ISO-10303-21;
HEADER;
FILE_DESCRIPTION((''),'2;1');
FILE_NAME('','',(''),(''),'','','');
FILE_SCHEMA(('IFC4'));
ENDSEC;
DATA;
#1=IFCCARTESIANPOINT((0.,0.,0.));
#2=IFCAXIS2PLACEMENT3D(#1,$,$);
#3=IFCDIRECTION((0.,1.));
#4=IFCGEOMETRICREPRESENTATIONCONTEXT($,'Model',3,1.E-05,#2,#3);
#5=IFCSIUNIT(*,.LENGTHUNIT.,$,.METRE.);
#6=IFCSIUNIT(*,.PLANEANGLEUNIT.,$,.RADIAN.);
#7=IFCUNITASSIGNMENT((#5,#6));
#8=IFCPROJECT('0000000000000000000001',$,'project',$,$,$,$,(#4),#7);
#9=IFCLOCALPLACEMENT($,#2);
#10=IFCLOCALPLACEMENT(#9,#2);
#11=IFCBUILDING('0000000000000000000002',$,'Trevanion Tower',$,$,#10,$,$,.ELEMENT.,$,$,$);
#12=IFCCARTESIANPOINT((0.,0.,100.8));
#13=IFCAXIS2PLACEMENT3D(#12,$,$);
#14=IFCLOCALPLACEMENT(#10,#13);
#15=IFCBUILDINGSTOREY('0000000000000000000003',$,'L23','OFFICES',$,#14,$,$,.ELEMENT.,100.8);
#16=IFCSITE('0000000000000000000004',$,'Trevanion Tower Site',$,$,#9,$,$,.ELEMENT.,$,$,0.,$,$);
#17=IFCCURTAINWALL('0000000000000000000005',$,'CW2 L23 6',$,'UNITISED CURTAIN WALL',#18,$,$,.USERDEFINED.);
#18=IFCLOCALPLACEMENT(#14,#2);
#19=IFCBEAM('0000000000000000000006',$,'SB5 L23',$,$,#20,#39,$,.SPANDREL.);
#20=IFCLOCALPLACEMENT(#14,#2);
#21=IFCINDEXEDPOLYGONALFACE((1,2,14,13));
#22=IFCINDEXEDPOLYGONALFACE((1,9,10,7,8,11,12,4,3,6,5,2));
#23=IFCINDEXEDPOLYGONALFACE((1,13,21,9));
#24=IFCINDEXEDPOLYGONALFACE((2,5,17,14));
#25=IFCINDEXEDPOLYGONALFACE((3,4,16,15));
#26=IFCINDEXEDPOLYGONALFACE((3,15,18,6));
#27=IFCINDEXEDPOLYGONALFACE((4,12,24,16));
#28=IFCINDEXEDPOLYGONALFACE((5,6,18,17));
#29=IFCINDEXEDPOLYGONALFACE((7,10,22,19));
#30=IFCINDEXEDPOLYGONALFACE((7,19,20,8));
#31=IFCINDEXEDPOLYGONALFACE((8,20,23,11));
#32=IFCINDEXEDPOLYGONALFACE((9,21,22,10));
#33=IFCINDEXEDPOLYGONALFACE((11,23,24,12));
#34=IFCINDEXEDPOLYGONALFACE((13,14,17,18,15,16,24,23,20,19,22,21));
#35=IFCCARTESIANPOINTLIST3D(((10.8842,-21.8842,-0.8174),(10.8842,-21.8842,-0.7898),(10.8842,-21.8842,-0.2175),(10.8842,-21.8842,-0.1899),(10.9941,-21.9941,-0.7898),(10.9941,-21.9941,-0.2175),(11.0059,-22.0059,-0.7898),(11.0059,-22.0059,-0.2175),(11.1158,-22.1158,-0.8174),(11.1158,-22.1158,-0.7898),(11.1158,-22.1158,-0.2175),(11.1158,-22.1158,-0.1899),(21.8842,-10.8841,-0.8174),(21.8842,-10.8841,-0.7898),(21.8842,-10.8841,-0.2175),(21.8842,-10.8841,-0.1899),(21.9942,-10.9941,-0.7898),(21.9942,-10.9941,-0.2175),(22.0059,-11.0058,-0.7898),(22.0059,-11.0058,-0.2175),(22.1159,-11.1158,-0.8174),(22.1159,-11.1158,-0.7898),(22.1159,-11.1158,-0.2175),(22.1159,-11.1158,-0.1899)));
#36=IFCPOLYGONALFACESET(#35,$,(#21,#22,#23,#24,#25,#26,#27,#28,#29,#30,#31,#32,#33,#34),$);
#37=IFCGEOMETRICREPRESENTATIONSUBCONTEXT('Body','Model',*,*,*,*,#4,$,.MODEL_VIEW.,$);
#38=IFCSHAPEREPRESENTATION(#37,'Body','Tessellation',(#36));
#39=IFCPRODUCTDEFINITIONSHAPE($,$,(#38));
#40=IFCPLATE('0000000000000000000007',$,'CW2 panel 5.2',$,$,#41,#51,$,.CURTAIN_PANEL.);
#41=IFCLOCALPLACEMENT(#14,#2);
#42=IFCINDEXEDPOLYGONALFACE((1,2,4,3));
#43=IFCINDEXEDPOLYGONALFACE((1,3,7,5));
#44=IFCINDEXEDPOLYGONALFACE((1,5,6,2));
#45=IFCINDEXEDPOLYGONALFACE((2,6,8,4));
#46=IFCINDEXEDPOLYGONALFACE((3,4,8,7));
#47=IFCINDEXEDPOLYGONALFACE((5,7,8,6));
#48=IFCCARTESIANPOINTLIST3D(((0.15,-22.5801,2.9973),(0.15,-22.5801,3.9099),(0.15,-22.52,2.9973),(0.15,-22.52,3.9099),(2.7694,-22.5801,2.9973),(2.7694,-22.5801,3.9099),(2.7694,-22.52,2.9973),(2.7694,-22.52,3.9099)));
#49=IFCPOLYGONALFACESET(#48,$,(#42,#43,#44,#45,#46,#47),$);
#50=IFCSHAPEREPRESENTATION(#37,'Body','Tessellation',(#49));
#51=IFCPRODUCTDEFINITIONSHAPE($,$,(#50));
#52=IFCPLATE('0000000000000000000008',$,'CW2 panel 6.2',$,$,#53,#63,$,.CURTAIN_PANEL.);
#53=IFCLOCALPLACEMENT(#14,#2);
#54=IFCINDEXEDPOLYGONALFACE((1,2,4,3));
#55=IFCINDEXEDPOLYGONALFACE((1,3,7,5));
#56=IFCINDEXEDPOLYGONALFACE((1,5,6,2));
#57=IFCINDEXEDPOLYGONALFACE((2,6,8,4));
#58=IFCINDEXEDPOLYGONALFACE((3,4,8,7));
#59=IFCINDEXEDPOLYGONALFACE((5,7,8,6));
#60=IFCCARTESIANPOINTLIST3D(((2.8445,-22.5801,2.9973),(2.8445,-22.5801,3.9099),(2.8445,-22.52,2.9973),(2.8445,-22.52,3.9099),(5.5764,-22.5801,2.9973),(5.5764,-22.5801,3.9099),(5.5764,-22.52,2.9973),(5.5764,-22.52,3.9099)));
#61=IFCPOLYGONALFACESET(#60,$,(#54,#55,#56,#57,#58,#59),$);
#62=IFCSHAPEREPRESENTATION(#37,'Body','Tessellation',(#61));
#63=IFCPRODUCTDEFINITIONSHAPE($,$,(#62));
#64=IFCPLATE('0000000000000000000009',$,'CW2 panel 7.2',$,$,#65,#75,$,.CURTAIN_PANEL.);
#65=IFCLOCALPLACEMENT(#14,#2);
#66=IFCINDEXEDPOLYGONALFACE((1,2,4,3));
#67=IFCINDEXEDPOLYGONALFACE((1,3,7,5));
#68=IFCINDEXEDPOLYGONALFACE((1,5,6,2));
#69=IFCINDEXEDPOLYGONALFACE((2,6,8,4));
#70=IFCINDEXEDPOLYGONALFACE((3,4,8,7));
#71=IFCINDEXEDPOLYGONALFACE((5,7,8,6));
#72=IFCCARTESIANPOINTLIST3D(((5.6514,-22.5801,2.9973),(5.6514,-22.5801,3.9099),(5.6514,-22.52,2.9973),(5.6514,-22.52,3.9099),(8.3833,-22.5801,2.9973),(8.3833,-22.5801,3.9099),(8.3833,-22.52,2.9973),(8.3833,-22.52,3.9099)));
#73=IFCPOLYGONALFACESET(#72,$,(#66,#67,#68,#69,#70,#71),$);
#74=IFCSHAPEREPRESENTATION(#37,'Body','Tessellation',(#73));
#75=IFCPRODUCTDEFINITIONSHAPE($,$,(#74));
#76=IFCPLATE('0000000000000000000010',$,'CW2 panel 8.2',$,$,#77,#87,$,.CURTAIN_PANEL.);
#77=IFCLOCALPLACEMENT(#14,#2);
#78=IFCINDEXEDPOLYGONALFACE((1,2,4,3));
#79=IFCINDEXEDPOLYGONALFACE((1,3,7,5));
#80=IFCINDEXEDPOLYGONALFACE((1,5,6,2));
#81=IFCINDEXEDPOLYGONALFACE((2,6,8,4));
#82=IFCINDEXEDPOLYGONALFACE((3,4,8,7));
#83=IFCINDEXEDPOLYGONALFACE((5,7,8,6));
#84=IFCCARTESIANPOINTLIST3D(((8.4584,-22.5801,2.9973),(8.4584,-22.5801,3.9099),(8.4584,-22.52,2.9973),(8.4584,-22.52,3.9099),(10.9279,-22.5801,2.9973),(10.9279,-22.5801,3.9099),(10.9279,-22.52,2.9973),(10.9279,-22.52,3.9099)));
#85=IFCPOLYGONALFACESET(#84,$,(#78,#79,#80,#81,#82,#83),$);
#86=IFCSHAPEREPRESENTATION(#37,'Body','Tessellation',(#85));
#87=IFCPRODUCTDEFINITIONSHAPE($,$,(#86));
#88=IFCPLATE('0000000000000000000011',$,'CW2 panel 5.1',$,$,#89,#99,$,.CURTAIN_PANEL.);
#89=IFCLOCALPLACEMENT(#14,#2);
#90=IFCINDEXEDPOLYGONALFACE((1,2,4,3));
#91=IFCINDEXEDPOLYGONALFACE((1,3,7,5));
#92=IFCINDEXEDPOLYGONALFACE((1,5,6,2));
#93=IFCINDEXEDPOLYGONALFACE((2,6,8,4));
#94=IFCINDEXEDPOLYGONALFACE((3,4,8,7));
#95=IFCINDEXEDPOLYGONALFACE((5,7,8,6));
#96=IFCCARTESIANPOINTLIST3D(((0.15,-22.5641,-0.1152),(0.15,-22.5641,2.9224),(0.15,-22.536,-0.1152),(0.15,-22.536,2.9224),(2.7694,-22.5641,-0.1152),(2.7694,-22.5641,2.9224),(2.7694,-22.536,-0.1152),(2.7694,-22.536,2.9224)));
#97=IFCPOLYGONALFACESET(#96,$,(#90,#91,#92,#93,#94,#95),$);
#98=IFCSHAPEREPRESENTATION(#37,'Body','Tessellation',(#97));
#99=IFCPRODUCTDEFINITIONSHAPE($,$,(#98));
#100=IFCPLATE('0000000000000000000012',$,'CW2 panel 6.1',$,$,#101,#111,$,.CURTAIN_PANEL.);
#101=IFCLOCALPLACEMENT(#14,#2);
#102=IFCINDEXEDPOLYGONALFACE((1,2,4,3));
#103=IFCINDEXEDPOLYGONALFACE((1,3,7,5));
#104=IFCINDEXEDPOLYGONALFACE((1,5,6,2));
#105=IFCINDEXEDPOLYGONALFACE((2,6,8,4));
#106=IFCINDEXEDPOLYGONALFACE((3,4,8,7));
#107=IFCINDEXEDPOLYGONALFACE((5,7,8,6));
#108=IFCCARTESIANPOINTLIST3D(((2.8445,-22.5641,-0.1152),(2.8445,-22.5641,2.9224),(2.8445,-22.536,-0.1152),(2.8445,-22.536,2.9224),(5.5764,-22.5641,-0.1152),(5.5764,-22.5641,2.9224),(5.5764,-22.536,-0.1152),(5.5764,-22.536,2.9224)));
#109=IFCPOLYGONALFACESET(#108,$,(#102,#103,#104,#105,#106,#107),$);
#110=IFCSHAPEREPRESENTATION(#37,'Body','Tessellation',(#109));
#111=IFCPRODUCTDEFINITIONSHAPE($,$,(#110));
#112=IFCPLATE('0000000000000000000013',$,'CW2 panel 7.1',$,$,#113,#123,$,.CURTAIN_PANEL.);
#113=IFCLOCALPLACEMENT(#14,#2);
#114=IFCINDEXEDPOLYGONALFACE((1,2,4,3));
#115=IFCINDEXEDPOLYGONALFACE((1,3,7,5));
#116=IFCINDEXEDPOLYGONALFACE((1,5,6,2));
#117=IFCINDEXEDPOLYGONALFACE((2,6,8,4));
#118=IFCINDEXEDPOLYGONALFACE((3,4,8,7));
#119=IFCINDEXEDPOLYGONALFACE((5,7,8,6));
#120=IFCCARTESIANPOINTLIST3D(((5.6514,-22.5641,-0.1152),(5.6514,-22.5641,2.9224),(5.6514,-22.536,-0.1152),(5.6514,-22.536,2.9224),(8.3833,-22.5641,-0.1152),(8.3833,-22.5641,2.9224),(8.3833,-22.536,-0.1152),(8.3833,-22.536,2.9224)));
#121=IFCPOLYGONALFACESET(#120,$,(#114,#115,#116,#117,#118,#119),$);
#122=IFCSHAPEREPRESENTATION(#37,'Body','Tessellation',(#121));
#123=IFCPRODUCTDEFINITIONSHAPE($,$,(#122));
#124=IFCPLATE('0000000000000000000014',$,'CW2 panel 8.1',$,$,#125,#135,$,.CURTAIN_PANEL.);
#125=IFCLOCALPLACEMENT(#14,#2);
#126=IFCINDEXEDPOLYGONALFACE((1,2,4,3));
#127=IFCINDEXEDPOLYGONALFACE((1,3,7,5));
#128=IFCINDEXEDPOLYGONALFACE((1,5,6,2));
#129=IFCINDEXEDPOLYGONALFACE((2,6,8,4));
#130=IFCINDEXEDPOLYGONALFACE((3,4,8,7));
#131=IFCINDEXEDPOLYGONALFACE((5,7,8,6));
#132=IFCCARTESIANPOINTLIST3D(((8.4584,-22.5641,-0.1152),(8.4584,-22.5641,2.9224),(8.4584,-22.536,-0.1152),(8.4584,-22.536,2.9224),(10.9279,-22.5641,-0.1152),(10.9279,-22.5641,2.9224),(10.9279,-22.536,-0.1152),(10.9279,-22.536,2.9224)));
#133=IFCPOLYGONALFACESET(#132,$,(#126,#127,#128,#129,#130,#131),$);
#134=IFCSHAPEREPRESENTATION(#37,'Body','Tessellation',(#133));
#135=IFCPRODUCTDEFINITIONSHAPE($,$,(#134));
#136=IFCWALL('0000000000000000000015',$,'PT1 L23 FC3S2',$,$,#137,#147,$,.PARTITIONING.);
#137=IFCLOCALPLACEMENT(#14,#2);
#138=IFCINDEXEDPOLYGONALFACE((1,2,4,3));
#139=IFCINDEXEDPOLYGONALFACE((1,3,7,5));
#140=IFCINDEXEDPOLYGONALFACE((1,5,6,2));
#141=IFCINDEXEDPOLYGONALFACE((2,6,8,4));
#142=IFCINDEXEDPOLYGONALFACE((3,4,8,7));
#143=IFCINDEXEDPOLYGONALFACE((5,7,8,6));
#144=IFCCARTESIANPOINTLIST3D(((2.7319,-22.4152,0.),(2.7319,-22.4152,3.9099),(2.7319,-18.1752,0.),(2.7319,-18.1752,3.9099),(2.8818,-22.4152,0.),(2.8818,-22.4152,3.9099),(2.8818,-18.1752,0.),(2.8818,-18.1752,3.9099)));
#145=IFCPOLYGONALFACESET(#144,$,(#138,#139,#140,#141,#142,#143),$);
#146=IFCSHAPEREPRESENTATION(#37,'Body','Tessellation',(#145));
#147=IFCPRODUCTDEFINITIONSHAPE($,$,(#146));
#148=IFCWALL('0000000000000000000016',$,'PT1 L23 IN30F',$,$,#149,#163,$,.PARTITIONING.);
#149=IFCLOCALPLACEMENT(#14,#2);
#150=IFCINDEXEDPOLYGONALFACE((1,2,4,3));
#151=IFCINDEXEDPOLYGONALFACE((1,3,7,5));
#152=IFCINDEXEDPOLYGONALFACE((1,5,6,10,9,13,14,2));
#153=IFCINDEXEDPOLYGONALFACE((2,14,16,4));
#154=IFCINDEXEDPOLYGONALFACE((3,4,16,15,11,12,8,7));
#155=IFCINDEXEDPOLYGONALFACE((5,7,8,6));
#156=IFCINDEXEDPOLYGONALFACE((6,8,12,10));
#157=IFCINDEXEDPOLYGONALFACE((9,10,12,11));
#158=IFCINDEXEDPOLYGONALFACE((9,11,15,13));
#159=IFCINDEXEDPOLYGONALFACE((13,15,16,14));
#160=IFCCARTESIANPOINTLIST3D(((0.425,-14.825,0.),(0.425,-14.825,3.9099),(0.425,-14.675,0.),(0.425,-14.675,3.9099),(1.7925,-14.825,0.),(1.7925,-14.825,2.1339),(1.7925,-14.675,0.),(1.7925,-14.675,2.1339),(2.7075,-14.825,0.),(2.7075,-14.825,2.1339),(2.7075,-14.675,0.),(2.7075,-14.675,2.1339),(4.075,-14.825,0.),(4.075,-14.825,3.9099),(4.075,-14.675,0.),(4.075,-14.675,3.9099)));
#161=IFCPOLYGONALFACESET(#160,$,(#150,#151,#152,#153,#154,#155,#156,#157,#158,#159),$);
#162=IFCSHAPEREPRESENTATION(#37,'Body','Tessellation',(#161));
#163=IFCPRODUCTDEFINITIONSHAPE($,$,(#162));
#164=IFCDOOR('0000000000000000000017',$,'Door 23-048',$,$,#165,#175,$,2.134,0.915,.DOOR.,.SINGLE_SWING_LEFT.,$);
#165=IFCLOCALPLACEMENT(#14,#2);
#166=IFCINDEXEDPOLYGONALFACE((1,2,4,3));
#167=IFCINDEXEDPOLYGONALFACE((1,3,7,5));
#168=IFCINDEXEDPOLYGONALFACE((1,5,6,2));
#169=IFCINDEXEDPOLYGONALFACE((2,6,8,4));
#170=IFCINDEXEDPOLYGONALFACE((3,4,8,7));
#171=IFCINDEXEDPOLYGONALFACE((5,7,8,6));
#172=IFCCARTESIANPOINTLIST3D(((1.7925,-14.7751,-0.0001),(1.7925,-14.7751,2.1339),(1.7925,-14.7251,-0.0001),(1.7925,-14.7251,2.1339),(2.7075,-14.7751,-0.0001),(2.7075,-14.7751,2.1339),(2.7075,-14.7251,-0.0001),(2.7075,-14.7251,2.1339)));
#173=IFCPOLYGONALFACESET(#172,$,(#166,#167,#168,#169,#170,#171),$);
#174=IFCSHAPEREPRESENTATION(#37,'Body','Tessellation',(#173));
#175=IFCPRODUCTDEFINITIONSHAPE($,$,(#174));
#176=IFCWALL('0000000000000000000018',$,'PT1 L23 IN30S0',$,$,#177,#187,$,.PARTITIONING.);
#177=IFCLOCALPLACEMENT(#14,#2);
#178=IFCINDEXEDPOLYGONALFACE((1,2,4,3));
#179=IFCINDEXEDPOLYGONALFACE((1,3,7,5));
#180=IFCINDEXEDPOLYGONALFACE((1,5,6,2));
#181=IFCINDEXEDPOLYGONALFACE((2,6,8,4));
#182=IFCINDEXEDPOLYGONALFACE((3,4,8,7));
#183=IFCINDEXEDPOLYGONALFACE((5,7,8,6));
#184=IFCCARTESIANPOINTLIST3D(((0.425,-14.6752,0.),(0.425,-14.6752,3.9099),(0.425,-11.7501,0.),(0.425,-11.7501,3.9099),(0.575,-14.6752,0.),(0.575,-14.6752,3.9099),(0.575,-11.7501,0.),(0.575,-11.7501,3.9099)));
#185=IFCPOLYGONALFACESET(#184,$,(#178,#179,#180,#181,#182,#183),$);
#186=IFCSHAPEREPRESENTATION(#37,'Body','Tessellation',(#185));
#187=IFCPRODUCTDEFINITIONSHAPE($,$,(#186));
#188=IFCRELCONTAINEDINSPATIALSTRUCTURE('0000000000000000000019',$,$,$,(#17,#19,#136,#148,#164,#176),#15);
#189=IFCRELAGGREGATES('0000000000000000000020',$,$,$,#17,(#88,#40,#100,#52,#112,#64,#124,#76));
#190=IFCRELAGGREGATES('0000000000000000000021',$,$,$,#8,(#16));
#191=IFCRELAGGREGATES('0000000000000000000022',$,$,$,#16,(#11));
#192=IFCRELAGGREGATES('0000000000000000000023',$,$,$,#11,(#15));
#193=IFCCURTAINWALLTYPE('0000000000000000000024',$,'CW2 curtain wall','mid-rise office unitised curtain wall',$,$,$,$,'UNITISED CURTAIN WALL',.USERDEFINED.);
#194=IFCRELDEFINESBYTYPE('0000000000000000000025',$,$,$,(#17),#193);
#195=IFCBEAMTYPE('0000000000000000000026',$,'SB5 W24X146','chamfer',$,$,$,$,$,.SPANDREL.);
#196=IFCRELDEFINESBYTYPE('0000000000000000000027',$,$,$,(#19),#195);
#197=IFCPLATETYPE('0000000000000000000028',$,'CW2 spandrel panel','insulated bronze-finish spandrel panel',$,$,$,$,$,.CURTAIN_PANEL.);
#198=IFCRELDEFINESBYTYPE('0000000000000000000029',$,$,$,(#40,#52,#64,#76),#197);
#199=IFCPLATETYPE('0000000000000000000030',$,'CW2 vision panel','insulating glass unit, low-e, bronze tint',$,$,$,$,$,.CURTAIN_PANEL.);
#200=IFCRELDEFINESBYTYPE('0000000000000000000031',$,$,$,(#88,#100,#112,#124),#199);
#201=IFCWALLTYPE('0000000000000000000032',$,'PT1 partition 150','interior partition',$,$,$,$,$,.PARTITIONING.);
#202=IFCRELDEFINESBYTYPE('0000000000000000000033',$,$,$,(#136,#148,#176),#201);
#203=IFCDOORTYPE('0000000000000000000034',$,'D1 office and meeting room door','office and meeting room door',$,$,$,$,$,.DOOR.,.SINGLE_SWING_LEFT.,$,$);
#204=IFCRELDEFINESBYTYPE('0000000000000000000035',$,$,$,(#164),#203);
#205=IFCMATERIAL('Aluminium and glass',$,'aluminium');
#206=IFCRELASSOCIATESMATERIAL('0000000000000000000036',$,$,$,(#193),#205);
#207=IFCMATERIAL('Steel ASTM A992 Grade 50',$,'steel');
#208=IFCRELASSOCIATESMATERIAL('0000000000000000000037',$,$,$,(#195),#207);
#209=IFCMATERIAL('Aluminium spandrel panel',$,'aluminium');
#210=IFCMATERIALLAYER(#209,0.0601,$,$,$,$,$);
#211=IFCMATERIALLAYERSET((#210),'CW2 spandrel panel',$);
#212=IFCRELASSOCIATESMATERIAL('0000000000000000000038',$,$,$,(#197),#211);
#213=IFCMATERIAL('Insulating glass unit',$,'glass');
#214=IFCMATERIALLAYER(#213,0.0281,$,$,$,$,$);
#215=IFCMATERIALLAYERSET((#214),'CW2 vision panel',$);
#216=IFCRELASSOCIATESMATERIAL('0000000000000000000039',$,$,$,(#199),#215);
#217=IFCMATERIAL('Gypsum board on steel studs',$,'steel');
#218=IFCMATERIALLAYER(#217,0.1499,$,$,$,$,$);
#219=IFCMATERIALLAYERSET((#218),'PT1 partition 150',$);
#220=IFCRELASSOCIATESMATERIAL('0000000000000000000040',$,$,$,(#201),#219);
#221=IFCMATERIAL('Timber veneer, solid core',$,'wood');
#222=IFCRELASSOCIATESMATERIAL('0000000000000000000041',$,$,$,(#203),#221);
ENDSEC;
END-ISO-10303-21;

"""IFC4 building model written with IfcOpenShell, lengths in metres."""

from ifc_helpers import new_model, si_unit, direction, frame, frame_2d, origin, origin_2d, place, context, subcontext, project, spatial, rectangle, i_section, extrude, material, layer, layer_set, material_profile, profile_set, type_object, element, fill, aggregate, save


model = new_model("IFC4")

# Units and contexts
model_context = context("Model", 3, precision=1e-05, world=origin(), true_north=direction((0.0, 1.0)))
body_context = subcontext(model_context, "Body", "Model", "MODEL_VIEW")
ifc_project = project(units=[si_unit("LENGTHUNIT", "METRE"), si_unit("PLANEANGLEUNIT", "RADIAN")], contexts=[model_context])

# Site, building, storey
site_placement = place(None, origin())
site = spatial("IfcSite", under=ifc_project, at=site_placement, Name="Trevanion Tower Site", CompositionType="ELEMENT", RefElevation=0.0)
building_placement = place(site_placement, origin())
building = spatial("IfcBuilding", under=site, at=building_placement, Name="Trevanion Tower", CompositionType="ELEMENT")
storey_placement = place(building_placement, frame((0.0, 0.0, 100.8)))
storey = spatial("IfcBuildingStorey", under=building, at=storey_placement, Name="L23", Description="OFFICES", CompositionType="ELEMENT", Elevation=100.8)

# Curtain wall
ifc_material_1 = material(Name="Aluminium and glass", Category="aluminium")
curtain_wall_type = type_object("IfcCurtainWallType", Name="CW2 curtain wall", Description="mid-rise office unitised curtain wall", ElementType="UNITISED CURTAIN WALL", PredefinedType="USERDEFINED", material=ifc_material_1)
curtain_wall_1_placement = place(storey_placement, origin())
curtain_wall_1 = element("IfcCurtainWall", 1, at=curtain_wall_1_placement, inside=storey, type_object=curtain_wall_type, Name="CW2 L23 6", ObjectType="UNITISED CURTAIN WALL", PredefinedType="USERDEFINED")

# Beam
ifc_material_2 = material(Name="Steel ASTM A992 Grade 50", Category="steel")
ifc_material_profile_1 = material_profile(ifc_material_2, i_section(OverallWidth=0.3276, OverallDepth=0.6274, WebThickness=0.0166, FlangeThickness=0.0276, at=origin_2d()), Name="W24X146")
ifc_profile_set_1 = profile_set([ifc_material_profile_1], Name="Steel ASTM A992 Grade 50")
beam_type = type_object("IfcBeamType", Name="SB5 W24X146", Description="chamfer", PredefinedType="SPANDREL", material=ifc_profile_set_1)
beam_placement = place(storey_placement, frame((11.0, -22.0, -0.5037), z_axis=(0.707107, 0.707107, 0.0), x_axis=(-0.707107, 0.707107, 0.0)))
element("IfcBeam", 2, at=beam_placement, inside=storey, type_object=beam_type, Name="SB5 L23", PredefinedType="SPANDREL", context=body_context, shape_type="SweptSolid", body=[
    extrude(i_section(OverallWidth=0.3276, OverallDepth=0.6274, WebThickness=0.0166, FlangeThickness=0.0276, at=origin_2d()), origin(), (0.0, 0.0, 1.0), 15.5564),
])

# Plates
ifc_material_3 = material(Name="Aluminium spandrel panel", Category="aluminium")
ifc_layer_1 = layer(ifc_material_3, 0.0601)
ifc_layer_set_1 = layer_set([ifc_layer_1], Name="CW2 spandrel panel")
plate_type_1 = type_object("IfcPlateType", Name="CW2 spandrel panel", Description="insulated bronze-finish spandrel panel", PredefinedType="CURTAIN_PANEL", material=ifc_layer_set_1)
plate_1_placement = place(storey_placement, frame((1.4597, -22.55, 2.9973), z_axis=(0.0, 0.0, 1.0), x_axis=(1.0, 0.0, 0.0)))
plate_1 = element("IfcPlate", 3, at=plate_1_placement, type_object=plate_type_1, Name="CW2 panel 5.2", PredefinedType="CURTAIN_PANEL", context=body_context, shape_type="SweptSolid", body=[
    extrude(rectangle(XDim=2.6194, YDim=0.0601, at=origin_2d()), origin(), (0.0, 0.0, 1.0), 0.9126),
])
plate_2_placement = place(storey_placement, frame((4.2104, -22.55, 2.9973), z_axis=(0.0, 0.0, 1.0), x_axis=(1.0, 0.0, 0.0)))
plate_2 = element("IfcPlate", 4, at=plate_2_placement, type_object=plate_type_1, Name="CW2 panel 6.2", PredefinedType="CURTAIN_PANEL", context=body_context, shape_type="SweptSolid", body=[
    extrude(rectangle(XDim=2.7319, YDim=0.0601, at=origin_2d()), origin(), (0.0, 0.0, 1.0), 0.9126),
])
plate_3_placement = place(storey_placement, frame((7.0173, -22.55, 2.9973), z_axis=(0.0, 0.0, 1.0), x_axis=(1.0, 0.0, 0.0)))
plate_3 = element("IfcPlate", 5, at=plate_3_placement, type_object=plate_type_1, Name="CW2 panel 7.2", PredefinedType="CURTAIN_PANEL", context=body_context, shape_type="SweptSolid", body=[
    extrude(rectangle(XDim=2.7319, YDim=0.0601, at=origin_2d()), origin(), (0.0, 0.0, 1.0), 0.9126),
])
plate_4_placement = place(storey_placement, frame((9.6931, -22.55, 2.9973), z_axis=(0.0, 0.0, 1.0), x_axis=(1.0, 0.0, 0.0)))
plate_4 = element("IfcPlate", 6, at=plate_4_placement, type_object=plate_type_1, Name="CW2 panel 8.2", PredefinedType="CURTAIN_PANEL", context=body_context, shape_type="SweptSolid", body=[
    extrude(rectangle(XDim=2.4695, YDim=0.0601, at=origin_2d()), origin(), (0.0, 0.0, 1.0), 0.9126),
])
ifc_material_4 = material(Name="Insulating glass unit", Category="glass")
ifc_layer_2 = layer(ifc_material_4, 0.0281)
ifc_layer_set_2 = layer_set([ifc_layer_2], Name="CW2 vision panel")
plate_type_2 = type_object("IfcPlateType", Name="CW2 vision panel", Description="insulating glass unit, low-e, bronze tint", PredefinedType="CURTAIN_PANEL", material=ifc_layer_set_2)
plate_5_placement = place(storey_placement, frame((1.4597, -22.55, -0.1152), z_axis=(0.0, 0.0, 1.0), x_axis=(1.0, 0.0, 0.0)))
plate_5 = element("IfcPlate", 7, at=plate_5_placement, type_object=plate_type_2, Name="CW2 panel 5.1", PredefinedType="CURTAIN_PANEL", context=body_context, shape_type="SweptSolid", body=[
    extrude(rectangle(XDim=2.6194, YDim=0.0281, at=origin_2d()), origin(), (0.0, 0.0, 1.0), 3.0376),
])
plate_6_placement = place(storey_placement, frame((4.2104, -22.55, -0.1152), z_axis=(0.0, 0.0, 1.0), x_axis=(1.0, 0.0, 0.0)))
plate_6 = element("IfcPlate", 8, at=plate_6_placement, type_object=plate_type_2, Name="CW2 panel 6.1", PredefinedType="CURTAIN_PANEL", context=body_context, shape_type="SweptSolid", body=[
    extrude(rectangle(XDim=2.7319, YDim=0.0281, at=origin_2d()), origin(), (0.0, 0.0, 1.0), 3.0376),
])
plate_7_placement = place(storey_placement, frame((7.0173, -22.55, -0.1152), z_axis=(0.0, 0.0, 1.0), x_axis=(1.0, 0.0, 0.0)))
plate_7 = element("IfcPlate", 9, at=plate_7_placement, type_object=plate_type_2, Name="CW2 panel 7.1", PredefinedType="CURTAIN_PANEL", context=body_context, shape_type="SweptSolid", body=[
    extrude(rectangle(XDim=2.7319, YDim=0.0281, at=origin_2d()), origin(), (0.0, 0.0, 1.0), 3.0376),
])
plate_8_placement = place(storey_placement, frame((9.6931, -22.55, -0.1152), z_axis=(0.0, 0.0, 1.0), x_axis=(1.0, 0.0, 0.0)))
plate_8 = element("IfcPlate", 10, at=plate_8_placement, type_object=plate_type_2, Name="CW2 panel 8.1", PredefinedType="CURTAIN_PANEL", context=body_context, shape_type="SweptSolid", body=[
    extrude(rectangle(XDim=2.4695, YDim=0.0281, at=origin_2d()), origin(), (0.0, 0.0, 1.0), 3.0376),
])
aggregate(curtain_wall_1, [plate_5, plate_1, plate_6, plate_2, plate_7, plate_3, plate_8, plate_4])

# Wall
ifc_material_5 = material(Name="Gypsum board on steel studs", Category="steel")
ifc_layer_3 = layer(ifc_material_5, 0.1499)
ifc_layer_set_3 = layer_set([ifc_layer_3], Name="PT1 partition 150")
wall_type_1 = type_object("IfcWallType", Name="PT1 partition 150", Description="interior partition", PredefinedType="PARTITIONING", material=ifc_layer_set_3)
wall_1_placement = place(storey_placement, frame((2.8069, -18.175, 0.0), z_axis=(0.0, 0.0, 1.0), x_axis=(0.0, -1.0, 0.0)))
element("IfcWall", 11, at=wall_1_placement, inside=storey, type_object=wall_type_1, Name="PT1 L23 FC3S2", PredefinedType="PARTITIONING", context=body_context, shape_type="SweptSolid", body=[
    extrude(rectangle(XDim=4.24, YDim=0.1499, at=frame_2d((2.1201, 0.0))), origin(), (0.0, 0.0, 1.0), 3.9099),
])

# Wall, opening, door
wall_2_placement = place(storey_placement, frame((0.425, -14.75, 0.0), z_axis=(0.0, 0.0, 1.0), x_axis=(1.0, 0.0, 0.0)))
wall_2 = element("IfcWall", 12, at=wall_2_placement, inside=storey, type_object=wall_type_1, Name="PT1 L23 IN30F", PredefinedType="PARTITIONING", context=body_context, shape_type="SweptSolid", body=[
    extrude(rectangle(XDim=3.6499, YDim=0.1499, at=frame_2d((1.825, 0.0))), origin(), (0.0, 0.0, 1.0), 3.9099),
])
opening_1_placement = place(wall_2_placement, frame((1.3674, 0.0, 0.0)))
opening_1 = element("IfcOpeningElement", 13, at=opening_1_placement, cuts=wall_2, PredefinedType="OPENING", context=body_context, shape_type="SweptSolid", body=[
    extrude(rectangle(XDim=0.915, YDim=2.134, at=frame_2d((0.4575, 1.0669))), frame((0.0, 0.085, 0.0), z_axis=(0.0, -1.0, 0.0), x_axis=(1.0, 0.0, 0.0)), (0.0, 0.0, 1.0), 0.1699),
])
ifc_material_6 = material(Name="Timber veneer, solid core", Category="wood")
door_type = type_object("IfcDoorType", Name="D1 office and meeting room door", Description="office and meeting room door", OperationType="SINGLE_SWING_LEFT", PredefinedType="DOOR", material=ifc_material_6)
door_1_placement = place(opening_1_placement, origin())
door_1 = element("IfcDoor", 14, at=door_1_placement, inside=storey, type_object=door_type, Name="Door 23-048", OperationType="SINGLE_SWING_LEFT", OverallHeight=2.134, OverallWidth=0.915, PredefinedType="DOOR", context=body_context, shape_type="SweptSolid", body=[
    extrude(rectangle(XDim=0.915, YDim=2.134, at=frame_2d((0.4575, 1.0669))), frame((0.0, 0.0249, 0.0), z_axis=(0.0, -1.0, 0.0), x_axis=(1.0, 0.0, 0.0)), (0.0, 0.0, 1.0), 0.05),
])
fill(opening_1, door_1)

# Wall
for number, where, z_axis, x_axis, name in (
    (15, (0.5, -14.675, 0.0), (0.0, 0.0, 1.0), (0.0, 1.0, 0.0), "PT1 L23 IN30S0"),
):
    element("IfcWall", number, at=place(storey_placement, frame(where, z_axis=z_axis, x_axis=x_axis)), inside=storey, type_object=wall_type_1, Name=name, PredefinedType="PARTITIONING", context=body_context, shape_type="SweptSolid", body=[
        extrude(rectangle(XDim=2.925, YDim=0.1499, at=frame_2d((1.4624, 0.0))), origin(), (0.0, 0.0, 1.0), 3.9099),
    ])

save(model, "model.ifc")
